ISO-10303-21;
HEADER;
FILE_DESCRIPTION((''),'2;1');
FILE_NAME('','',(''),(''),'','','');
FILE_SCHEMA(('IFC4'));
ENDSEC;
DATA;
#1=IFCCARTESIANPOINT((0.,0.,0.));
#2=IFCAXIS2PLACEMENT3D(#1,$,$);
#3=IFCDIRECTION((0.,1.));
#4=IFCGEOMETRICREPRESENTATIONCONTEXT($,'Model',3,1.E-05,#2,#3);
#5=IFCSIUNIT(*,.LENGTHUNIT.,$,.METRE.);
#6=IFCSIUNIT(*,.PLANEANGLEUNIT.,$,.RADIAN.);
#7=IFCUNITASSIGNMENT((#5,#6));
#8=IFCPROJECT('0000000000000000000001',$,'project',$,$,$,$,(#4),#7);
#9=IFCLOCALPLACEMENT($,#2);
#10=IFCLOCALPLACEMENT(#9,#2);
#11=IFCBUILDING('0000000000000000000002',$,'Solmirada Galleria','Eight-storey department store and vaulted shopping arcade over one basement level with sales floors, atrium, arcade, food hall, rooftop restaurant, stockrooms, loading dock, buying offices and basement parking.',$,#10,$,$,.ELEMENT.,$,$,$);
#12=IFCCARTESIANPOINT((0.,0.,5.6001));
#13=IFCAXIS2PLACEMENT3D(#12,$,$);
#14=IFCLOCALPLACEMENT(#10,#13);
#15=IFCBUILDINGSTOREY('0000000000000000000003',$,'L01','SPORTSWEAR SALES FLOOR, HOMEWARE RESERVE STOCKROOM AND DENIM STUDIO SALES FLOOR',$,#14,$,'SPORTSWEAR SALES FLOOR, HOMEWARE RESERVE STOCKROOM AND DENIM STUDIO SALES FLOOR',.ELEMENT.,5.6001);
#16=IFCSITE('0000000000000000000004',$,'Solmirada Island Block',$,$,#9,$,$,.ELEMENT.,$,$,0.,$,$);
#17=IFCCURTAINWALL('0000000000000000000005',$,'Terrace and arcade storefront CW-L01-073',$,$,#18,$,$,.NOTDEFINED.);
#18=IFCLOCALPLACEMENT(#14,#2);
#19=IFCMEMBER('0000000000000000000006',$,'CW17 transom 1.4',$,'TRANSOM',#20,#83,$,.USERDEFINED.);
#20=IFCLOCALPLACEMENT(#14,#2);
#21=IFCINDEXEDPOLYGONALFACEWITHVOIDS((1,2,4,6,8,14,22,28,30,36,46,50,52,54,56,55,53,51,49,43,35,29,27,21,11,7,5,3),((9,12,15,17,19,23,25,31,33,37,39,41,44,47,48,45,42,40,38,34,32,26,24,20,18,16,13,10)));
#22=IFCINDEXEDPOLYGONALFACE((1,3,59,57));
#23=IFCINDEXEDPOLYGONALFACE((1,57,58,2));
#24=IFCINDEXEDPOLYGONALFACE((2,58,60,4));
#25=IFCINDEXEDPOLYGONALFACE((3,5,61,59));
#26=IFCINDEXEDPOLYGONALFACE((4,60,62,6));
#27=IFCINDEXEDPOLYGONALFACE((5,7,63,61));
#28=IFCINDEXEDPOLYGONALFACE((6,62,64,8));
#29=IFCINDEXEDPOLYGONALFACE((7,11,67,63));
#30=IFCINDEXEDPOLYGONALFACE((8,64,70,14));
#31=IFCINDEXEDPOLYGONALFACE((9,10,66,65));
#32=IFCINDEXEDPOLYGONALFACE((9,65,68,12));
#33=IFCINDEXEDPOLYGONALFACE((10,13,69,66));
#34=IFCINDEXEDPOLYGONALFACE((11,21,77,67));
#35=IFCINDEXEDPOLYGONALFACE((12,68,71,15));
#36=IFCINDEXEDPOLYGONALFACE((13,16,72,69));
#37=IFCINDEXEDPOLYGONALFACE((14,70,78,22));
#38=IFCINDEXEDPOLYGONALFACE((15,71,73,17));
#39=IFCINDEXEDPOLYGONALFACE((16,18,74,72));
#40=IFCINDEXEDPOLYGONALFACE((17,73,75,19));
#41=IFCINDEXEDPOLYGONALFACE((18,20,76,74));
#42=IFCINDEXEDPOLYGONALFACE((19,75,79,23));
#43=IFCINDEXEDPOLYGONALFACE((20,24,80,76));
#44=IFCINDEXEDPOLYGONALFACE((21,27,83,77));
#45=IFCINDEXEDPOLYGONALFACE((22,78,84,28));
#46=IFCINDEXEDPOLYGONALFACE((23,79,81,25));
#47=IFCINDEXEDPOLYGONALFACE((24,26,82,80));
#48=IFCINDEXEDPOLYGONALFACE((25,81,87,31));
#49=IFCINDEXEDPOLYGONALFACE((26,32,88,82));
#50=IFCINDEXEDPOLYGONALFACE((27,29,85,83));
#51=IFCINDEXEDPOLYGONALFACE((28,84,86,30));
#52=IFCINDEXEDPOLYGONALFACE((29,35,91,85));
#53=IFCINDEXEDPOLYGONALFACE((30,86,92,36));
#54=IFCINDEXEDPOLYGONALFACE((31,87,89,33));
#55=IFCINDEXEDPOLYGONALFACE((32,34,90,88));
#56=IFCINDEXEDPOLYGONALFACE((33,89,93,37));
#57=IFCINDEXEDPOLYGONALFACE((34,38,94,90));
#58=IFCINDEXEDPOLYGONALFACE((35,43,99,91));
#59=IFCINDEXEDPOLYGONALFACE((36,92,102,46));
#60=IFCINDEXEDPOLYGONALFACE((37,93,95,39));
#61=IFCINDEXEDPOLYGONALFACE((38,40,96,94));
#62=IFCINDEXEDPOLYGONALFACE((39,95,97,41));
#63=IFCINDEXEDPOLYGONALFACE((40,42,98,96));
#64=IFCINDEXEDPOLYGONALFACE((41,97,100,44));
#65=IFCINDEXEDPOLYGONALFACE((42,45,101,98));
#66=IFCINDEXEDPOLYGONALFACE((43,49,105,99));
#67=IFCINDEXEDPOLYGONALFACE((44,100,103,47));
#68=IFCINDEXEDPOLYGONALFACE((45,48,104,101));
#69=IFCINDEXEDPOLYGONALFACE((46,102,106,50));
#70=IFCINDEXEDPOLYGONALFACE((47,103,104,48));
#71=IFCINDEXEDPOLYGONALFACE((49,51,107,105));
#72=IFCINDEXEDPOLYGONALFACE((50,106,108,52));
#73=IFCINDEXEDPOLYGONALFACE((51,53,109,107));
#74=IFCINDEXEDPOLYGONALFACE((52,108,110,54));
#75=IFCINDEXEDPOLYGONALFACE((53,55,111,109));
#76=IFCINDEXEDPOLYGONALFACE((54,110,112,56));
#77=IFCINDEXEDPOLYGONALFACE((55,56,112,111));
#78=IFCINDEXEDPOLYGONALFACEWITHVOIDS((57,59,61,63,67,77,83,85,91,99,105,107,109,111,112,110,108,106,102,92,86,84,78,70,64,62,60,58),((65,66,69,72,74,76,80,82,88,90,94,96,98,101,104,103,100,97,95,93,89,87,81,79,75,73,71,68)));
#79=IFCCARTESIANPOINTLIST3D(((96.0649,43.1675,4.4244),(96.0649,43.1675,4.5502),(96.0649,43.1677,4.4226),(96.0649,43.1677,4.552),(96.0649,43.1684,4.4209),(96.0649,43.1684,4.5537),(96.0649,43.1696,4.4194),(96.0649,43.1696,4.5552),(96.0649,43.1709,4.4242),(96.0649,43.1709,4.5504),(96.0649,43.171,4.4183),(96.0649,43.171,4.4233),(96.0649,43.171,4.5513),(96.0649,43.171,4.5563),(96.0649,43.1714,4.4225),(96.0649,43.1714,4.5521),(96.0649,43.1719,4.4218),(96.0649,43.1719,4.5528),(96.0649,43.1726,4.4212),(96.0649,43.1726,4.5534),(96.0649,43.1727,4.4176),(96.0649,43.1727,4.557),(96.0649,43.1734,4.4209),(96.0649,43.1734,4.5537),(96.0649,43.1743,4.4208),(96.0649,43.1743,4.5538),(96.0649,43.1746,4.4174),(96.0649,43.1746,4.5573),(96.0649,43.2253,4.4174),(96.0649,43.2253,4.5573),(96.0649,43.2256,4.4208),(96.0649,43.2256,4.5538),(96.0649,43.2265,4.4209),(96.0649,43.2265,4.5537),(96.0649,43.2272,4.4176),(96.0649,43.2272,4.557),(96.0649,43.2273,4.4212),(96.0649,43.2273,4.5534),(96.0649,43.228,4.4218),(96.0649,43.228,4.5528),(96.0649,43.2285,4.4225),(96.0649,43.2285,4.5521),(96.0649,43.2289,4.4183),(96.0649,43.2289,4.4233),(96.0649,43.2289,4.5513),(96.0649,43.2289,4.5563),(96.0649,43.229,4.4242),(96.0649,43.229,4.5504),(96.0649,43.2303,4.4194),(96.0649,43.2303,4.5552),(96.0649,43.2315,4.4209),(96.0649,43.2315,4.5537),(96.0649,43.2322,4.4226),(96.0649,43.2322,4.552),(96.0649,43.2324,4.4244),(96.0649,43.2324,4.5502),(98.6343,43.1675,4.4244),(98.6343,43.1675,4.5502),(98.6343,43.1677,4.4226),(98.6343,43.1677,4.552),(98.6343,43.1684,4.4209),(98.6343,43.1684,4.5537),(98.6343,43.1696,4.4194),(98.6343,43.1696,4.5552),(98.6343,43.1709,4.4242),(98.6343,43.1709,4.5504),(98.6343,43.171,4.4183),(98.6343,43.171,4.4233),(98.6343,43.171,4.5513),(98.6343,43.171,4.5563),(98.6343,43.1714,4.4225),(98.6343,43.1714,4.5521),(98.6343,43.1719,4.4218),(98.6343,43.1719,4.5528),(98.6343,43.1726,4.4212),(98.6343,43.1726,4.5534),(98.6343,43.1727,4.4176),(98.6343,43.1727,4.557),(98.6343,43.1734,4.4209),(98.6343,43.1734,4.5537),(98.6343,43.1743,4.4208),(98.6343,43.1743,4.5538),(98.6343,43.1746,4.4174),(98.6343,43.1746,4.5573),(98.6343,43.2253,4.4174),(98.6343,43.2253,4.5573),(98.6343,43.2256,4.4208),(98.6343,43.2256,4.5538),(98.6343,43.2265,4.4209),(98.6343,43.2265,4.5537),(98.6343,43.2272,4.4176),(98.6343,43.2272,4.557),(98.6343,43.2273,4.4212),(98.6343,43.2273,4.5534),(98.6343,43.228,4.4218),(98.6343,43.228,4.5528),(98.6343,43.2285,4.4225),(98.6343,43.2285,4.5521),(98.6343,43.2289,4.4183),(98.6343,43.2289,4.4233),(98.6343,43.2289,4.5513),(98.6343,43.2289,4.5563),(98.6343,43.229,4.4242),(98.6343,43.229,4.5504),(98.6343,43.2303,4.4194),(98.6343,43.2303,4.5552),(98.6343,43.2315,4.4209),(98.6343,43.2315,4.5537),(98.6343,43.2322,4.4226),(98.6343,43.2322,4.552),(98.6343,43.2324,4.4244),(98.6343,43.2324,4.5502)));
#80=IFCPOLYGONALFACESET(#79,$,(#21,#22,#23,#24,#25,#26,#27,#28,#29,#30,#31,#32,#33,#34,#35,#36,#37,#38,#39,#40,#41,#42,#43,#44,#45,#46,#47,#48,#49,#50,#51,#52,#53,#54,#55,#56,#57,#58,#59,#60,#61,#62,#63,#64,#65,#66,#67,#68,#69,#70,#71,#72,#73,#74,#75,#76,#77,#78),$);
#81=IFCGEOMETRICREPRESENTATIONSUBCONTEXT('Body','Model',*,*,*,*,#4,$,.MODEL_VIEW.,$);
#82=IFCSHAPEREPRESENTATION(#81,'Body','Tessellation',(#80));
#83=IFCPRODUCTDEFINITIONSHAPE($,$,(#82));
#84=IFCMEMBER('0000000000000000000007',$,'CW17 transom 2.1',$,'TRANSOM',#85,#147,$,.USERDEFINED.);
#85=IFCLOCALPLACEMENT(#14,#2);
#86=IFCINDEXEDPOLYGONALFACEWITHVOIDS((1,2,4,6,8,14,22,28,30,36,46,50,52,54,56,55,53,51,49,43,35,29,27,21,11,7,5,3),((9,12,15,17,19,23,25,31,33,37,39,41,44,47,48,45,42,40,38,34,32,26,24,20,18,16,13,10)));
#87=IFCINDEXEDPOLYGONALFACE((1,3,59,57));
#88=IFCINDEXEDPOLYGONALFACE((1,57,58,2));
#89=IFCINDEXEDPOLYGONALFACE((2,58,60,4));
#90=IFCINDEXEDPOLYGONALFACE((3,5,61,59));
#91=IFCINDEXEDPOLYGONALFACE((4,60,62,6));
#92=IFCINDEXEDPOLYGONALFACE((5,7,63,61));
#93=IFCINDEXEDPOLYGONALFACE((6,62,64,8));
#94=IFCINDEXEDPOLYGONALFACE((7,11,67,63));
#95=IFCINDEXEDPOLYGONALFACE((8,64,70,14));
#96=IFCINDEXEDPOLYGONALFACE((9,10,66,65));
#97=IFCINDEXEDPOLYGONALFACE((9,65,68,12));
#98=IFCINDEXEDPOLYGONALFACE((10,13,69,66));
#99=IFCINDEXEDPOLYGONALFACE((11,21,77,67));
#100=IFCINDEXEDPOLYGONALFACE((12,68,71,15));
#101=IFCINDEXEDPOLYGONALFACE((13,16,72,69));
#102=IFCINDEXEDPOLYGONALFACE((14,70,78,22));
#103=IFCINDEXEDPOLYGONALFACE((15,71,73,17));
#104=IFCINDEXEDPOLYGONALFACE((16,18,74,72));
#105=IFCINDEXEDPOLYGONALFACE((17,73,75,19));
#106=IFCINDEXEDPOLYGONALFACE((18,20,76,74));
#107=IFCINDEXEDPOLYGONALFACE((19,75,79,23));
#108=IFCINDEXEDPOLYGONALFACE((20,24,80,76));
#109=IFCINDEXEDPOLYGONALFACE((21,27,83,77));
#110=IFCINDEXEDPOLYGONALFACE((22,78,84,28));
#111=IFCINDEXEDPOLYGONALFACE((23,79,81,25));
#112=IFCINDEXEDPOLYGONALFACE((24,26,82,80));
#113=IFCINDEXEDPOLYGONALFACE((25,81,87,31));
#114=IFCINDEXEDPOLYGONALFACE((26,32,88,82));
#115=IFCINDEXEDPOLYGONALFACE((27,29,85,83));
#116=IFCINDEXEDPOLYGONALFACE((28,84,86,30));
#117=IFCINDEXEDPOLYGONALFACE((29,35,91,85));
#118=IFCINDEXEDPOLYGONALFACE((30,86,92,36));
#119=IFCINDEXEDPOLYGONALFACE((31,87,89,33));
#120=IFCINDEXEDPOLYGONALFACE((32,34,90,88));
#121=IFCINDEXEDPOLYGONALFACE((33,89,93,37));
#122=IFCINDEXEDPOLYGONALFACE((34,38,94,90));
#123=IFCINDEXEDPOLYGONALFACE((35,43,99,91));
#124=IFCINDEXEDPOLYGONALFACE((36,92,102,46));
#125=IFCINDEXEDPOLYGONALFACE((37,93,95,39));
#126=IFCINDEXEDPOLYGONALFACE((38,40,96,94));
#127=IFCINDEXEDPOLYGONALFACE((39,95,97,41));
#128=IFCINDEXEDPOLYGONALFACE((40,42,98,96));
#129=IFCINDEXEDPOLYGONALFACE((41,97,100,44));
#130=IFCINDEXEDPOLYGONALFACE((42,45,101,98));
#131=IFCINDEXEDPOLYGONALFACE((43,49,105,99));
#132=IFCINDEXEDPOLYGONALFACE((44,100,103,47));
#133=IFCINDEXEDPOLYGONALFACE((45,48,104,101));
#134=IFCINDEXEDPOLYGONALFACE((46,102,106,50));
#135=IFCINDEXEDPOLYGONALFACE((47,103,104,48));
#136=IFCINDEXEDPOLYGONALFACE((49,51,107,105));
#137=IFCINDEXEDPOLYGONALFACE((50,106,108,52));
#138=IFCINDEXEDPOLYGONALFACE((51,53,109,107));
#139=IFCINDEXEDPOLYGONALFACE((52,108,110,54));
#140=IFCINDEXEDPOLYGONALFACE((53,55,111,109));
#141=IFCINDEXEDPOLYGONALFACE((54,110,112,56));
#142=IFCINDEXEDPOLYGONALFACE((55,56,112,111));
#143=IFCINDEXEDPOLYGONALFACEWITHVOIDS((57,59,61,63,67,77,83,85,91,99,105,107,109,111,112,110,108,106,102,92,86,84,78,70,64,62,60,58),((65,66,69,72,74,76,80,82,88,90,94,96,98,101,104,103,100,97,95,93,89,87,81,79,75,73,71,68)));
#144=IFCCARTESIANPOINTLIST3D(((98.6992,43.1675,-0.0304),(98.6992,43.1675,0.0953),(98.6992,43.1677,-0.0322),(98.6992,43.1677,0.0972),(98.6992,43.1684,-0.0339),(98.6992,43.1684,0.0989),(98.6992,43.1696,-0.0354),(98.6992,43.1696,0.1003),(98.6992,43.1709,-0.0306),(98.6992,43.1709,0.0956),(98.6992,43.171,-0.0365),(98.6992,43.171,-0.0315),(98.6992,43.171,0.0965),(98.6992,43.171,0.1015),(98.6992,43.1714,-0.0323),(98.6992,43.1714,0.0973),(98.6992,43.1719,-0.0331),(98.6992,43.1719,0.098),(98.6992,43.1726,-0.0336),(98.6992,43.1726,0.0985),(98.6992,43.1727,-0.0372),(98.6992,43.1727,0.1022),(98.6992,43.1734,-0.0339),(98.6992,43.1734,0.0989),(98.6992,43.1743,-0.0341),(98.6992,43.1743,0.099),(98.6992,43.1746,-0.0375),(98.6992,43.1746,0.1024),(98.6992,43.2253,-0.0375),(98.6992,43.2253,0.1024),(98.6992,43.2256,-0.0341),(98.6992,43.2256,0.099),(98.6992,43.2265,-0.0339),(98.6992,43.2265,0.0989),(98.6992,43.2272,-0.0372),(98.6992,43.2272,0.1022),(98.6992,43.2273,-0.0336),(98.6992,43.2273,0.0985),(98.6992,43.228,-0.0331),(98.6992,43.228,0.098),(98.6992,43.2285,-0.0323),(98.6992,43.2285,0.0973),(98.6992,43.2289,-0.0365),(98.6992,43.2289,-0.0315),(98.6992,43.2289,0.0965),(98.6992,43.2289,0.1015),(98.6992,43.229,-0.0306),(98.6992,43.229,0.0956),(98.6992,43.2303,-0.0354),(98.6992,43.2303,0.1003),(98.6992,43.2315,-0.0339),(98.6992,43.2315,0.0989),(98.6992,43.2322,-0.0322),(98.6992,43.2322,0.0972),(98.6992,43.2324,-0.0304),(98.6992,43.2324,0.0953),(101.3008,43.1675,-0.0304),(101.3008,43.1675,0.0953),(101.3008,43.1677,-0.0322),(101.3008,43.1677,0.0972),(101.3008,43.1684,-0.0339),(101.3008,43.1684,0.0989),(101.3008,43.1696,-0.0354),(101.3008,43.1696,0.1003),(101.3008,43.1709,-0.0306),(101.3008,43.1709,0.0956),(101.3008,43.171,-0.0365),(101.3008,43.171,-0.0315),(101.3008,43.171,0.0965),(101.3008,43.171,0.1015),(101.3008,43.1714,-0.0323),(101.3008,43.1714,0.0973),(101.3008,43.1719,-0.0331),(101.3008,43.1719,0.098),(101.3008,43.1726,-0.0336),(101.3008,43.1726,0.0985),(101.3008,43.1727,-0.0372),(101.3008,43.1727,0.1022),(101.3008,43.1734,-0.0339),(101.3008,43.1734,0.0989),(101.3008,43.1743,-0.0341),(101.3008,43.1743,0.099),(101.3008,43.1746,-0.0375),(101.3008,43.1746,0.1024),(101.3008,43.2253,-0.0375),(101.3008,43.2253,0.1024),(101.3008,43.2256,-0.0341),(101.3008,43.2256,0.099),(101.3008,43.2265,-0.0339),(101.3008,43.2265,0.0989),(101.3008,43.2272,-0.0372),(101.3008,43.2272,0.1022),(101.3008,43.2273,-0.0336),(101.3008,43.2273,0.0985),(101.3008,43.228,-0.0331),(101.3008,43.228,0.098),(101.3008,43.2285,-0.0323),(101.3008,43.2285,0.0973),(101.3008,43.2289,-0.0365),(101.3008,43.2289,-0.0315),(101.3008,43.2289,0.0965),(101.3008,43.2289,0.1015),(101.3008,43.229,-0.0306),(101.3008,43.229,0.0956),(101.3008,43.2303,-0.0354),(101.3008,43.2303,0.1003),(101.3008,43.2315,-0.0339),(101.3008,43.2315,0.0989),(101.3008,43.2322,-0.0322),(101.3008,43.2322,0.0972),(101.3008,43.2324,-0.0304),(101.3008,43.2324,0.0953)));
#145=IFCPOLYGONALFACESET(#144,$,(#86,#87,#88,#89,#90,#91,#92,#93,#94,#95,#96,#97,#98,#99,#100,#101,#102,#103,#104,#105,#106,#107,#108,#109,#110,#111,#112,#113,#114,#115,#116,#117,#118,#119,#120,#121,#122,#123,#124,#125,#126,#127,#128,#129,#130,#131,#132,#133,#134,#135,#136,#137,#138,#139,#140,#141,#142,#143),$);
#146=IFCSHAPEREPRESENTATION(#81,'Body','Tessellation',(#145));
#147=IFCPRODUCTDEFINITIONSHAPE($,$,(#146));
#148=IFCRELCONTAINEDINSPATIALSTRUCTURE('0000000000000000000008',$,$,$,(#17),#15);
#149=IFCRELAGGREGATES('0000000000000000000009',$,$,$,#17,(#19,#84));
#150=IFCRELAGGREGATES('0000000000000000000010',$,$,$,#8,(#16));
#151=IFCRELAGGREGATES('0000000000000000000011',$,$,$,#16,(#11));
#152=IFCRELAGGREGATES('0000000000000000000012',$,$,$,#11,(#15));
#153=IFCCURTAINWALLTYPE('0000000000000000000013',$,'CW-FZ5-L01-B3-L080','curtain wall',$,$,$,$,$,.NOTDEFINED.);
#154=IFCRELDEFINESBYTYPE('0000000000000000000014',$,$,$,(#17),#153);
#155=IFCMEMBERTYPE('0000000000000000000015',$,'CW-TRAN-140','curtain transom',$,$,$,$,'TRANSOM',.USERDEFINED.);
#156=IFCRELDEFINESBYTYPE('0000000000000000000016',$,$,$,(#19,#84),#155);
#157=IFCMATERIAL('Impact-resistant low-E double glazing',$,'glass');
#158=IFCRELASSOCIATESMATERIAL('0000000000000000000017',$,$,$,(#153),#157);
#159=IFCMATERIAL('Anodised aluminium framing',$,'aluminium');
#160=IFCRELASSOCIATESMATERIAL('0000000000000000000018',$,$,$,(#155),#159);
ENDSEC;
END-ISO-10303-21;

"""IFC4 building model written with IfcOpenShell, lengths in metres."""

from ifc_helpers import new_model, si_unit, direction, frame, origin, origin_2d, place, context, subcontext, project, spatial, hollow_rectangle, extrude, material, material_profile, profile_set, type_object, element, aggregate, save


model = new_model("IFC4")

# Units and contexts
model_context = context("Model", 3, precision=1e-05, world=origin(), true_north=direction((0.0, 1.0)))
body_context = subcontext(model_context, "Body", "Model", "MODEL_VIEW")
ifc_project = project(units=[si_unit("LENGTHUNIT", "METRE"), si_unit("PLANEANGLEUNIT", "RADIAN")], contexts=[model_context])

# Site, building, storey
site_placement = place(None, origin())
site = spatial("IfcSite", under=ifc_project, at=site_placement, Name="Solmirada Island Block", CompositionType="ELEMENT", RefElevation=0.0)
building_placement = place(site_placement, origin())
building = spatial("IfcBuilding", under=site, at=building_placement, Name="Solmirada Galleria", Description="Eight-storey department store and vaulted shopping arcade over one basement level with sales floors, atrium, arcade, food hall, rooftop restaurant, stockrooms, loading dock, buying offices and basement parking.", CompositionType="ELEMENT")
storey_placement = place(building_placement, frame((0.0, 0.0, 5.6001)))
storey = spatial("IfcBuildingStorey", under=building, at=storey_placement, Name="L01", Description="SPORTSWEAR SALES FLOOR, HOMEWARE RESERVE STOCKROOM AND DENIM STUDIO SALES FLOOR", LongName="SPORTSWEAR SALES FLOOR, HOMEWARE RESERVE STOCKROOM AND DENIM STUDIO SALES FLOOR", CompositionType="ELEMENT", Elevation=5.6001)

# Shared definitions
ifc_material_1 = material(Name="Impact-resistant low-E double glazing", Category="glass")
ifc_material_2 = material(Name="Anodised aluminium framing", Category="aluminium")

# Curtain wall, members
curtain_wall_type_1 = type_object("IfcCurtainWallType", Name="CW-FZ5-L01-B3-L080", Description="curtain wall", PredefinedType="NOTDEFINED", material=ifc_material_1)
curtain_wall_1_placement = place(storey_placement, origin())
curtain_wall_1 = element("IfcCurtainWall", 1, at=curtain_wall_1_placement, inside=storey, type_object=curtain_wall_type_1, Name="Terrace and arcade storefront CW-L01-073", PredefinedType="NOTDEFINED")
ifc_material_profile_1 = material_profile(ifc_material_2, hollow_rectangle(XDim=0.0649, YDim=0.1399, WallThickness=0.0034, InnerFilletRadius=0.0034, OuterFilletRadius=0.0071, at=origin_2d()), Name="ALU-TRAN-140X65")
ifc_profile_set_1 = profile_set([ifc_material_profile_1], Name="Anodised aluminium framing")
member_type_1 = type_object("IfcMemberType", Name="CW-TRAN-140", Description="curtain transom", ElementType="TRANSOM", PredefinedType="USERDEFINED", material=ifc_profile_set_1)
member_1_placement = place(storey_placement, frame((96.0649, 43.2, 4.4873), z_axis=(1.0, 0.0, 0.0), x_axis=(0.0, 1.0, 0.0)))
member_1 = element("IfcMember", 2, at=member_1_placement, type_object=member_type_1, Name="CW17 transom 1.4", ObjectType="TRANSOM", PredefinedType="USERDEFINED", context=body_context, shape_type="SweptSolid", body=[
    extrude(hollow_rectangle(XDim=0.0649, YDim=0.1399, WallThickness=0.0034, InnerFilletRadius=0.0034, OuterFilletRadius=0.0071, at=origin_2d()), origin(), (0.0, 0.0, 1.0), 2.5693),
])
member_2_placement = place(storey_placement, frame((98.6992, 43.2, 0.0325), z_axis=(1.0, 0.0, 0.0), x_axis=(0.0, 1.0, 0.0)))
member_2 = element("IfcMember", 3, at=member_2_placement, type_object=member_type_1, Name="CW17 transom 2.1", ObjectType="TRANSOM", PredefinedType="USERDEFINED", context=body_context, shape_type="SweptSolid", body=[
    extrude(hollow_rectangle(XDim=0.0649, YDim=0.1399, WallThickness=0.0034, InnerFilletRadius=0.0034, OuterFilletRadius=0.0071, at=origin_2d()), origin(), (0.0, 0.0, 1.0), 2.6016),
])

aggregate(curtain_wall_1, [member_1, member_2])

save(model, "model.ifc")
